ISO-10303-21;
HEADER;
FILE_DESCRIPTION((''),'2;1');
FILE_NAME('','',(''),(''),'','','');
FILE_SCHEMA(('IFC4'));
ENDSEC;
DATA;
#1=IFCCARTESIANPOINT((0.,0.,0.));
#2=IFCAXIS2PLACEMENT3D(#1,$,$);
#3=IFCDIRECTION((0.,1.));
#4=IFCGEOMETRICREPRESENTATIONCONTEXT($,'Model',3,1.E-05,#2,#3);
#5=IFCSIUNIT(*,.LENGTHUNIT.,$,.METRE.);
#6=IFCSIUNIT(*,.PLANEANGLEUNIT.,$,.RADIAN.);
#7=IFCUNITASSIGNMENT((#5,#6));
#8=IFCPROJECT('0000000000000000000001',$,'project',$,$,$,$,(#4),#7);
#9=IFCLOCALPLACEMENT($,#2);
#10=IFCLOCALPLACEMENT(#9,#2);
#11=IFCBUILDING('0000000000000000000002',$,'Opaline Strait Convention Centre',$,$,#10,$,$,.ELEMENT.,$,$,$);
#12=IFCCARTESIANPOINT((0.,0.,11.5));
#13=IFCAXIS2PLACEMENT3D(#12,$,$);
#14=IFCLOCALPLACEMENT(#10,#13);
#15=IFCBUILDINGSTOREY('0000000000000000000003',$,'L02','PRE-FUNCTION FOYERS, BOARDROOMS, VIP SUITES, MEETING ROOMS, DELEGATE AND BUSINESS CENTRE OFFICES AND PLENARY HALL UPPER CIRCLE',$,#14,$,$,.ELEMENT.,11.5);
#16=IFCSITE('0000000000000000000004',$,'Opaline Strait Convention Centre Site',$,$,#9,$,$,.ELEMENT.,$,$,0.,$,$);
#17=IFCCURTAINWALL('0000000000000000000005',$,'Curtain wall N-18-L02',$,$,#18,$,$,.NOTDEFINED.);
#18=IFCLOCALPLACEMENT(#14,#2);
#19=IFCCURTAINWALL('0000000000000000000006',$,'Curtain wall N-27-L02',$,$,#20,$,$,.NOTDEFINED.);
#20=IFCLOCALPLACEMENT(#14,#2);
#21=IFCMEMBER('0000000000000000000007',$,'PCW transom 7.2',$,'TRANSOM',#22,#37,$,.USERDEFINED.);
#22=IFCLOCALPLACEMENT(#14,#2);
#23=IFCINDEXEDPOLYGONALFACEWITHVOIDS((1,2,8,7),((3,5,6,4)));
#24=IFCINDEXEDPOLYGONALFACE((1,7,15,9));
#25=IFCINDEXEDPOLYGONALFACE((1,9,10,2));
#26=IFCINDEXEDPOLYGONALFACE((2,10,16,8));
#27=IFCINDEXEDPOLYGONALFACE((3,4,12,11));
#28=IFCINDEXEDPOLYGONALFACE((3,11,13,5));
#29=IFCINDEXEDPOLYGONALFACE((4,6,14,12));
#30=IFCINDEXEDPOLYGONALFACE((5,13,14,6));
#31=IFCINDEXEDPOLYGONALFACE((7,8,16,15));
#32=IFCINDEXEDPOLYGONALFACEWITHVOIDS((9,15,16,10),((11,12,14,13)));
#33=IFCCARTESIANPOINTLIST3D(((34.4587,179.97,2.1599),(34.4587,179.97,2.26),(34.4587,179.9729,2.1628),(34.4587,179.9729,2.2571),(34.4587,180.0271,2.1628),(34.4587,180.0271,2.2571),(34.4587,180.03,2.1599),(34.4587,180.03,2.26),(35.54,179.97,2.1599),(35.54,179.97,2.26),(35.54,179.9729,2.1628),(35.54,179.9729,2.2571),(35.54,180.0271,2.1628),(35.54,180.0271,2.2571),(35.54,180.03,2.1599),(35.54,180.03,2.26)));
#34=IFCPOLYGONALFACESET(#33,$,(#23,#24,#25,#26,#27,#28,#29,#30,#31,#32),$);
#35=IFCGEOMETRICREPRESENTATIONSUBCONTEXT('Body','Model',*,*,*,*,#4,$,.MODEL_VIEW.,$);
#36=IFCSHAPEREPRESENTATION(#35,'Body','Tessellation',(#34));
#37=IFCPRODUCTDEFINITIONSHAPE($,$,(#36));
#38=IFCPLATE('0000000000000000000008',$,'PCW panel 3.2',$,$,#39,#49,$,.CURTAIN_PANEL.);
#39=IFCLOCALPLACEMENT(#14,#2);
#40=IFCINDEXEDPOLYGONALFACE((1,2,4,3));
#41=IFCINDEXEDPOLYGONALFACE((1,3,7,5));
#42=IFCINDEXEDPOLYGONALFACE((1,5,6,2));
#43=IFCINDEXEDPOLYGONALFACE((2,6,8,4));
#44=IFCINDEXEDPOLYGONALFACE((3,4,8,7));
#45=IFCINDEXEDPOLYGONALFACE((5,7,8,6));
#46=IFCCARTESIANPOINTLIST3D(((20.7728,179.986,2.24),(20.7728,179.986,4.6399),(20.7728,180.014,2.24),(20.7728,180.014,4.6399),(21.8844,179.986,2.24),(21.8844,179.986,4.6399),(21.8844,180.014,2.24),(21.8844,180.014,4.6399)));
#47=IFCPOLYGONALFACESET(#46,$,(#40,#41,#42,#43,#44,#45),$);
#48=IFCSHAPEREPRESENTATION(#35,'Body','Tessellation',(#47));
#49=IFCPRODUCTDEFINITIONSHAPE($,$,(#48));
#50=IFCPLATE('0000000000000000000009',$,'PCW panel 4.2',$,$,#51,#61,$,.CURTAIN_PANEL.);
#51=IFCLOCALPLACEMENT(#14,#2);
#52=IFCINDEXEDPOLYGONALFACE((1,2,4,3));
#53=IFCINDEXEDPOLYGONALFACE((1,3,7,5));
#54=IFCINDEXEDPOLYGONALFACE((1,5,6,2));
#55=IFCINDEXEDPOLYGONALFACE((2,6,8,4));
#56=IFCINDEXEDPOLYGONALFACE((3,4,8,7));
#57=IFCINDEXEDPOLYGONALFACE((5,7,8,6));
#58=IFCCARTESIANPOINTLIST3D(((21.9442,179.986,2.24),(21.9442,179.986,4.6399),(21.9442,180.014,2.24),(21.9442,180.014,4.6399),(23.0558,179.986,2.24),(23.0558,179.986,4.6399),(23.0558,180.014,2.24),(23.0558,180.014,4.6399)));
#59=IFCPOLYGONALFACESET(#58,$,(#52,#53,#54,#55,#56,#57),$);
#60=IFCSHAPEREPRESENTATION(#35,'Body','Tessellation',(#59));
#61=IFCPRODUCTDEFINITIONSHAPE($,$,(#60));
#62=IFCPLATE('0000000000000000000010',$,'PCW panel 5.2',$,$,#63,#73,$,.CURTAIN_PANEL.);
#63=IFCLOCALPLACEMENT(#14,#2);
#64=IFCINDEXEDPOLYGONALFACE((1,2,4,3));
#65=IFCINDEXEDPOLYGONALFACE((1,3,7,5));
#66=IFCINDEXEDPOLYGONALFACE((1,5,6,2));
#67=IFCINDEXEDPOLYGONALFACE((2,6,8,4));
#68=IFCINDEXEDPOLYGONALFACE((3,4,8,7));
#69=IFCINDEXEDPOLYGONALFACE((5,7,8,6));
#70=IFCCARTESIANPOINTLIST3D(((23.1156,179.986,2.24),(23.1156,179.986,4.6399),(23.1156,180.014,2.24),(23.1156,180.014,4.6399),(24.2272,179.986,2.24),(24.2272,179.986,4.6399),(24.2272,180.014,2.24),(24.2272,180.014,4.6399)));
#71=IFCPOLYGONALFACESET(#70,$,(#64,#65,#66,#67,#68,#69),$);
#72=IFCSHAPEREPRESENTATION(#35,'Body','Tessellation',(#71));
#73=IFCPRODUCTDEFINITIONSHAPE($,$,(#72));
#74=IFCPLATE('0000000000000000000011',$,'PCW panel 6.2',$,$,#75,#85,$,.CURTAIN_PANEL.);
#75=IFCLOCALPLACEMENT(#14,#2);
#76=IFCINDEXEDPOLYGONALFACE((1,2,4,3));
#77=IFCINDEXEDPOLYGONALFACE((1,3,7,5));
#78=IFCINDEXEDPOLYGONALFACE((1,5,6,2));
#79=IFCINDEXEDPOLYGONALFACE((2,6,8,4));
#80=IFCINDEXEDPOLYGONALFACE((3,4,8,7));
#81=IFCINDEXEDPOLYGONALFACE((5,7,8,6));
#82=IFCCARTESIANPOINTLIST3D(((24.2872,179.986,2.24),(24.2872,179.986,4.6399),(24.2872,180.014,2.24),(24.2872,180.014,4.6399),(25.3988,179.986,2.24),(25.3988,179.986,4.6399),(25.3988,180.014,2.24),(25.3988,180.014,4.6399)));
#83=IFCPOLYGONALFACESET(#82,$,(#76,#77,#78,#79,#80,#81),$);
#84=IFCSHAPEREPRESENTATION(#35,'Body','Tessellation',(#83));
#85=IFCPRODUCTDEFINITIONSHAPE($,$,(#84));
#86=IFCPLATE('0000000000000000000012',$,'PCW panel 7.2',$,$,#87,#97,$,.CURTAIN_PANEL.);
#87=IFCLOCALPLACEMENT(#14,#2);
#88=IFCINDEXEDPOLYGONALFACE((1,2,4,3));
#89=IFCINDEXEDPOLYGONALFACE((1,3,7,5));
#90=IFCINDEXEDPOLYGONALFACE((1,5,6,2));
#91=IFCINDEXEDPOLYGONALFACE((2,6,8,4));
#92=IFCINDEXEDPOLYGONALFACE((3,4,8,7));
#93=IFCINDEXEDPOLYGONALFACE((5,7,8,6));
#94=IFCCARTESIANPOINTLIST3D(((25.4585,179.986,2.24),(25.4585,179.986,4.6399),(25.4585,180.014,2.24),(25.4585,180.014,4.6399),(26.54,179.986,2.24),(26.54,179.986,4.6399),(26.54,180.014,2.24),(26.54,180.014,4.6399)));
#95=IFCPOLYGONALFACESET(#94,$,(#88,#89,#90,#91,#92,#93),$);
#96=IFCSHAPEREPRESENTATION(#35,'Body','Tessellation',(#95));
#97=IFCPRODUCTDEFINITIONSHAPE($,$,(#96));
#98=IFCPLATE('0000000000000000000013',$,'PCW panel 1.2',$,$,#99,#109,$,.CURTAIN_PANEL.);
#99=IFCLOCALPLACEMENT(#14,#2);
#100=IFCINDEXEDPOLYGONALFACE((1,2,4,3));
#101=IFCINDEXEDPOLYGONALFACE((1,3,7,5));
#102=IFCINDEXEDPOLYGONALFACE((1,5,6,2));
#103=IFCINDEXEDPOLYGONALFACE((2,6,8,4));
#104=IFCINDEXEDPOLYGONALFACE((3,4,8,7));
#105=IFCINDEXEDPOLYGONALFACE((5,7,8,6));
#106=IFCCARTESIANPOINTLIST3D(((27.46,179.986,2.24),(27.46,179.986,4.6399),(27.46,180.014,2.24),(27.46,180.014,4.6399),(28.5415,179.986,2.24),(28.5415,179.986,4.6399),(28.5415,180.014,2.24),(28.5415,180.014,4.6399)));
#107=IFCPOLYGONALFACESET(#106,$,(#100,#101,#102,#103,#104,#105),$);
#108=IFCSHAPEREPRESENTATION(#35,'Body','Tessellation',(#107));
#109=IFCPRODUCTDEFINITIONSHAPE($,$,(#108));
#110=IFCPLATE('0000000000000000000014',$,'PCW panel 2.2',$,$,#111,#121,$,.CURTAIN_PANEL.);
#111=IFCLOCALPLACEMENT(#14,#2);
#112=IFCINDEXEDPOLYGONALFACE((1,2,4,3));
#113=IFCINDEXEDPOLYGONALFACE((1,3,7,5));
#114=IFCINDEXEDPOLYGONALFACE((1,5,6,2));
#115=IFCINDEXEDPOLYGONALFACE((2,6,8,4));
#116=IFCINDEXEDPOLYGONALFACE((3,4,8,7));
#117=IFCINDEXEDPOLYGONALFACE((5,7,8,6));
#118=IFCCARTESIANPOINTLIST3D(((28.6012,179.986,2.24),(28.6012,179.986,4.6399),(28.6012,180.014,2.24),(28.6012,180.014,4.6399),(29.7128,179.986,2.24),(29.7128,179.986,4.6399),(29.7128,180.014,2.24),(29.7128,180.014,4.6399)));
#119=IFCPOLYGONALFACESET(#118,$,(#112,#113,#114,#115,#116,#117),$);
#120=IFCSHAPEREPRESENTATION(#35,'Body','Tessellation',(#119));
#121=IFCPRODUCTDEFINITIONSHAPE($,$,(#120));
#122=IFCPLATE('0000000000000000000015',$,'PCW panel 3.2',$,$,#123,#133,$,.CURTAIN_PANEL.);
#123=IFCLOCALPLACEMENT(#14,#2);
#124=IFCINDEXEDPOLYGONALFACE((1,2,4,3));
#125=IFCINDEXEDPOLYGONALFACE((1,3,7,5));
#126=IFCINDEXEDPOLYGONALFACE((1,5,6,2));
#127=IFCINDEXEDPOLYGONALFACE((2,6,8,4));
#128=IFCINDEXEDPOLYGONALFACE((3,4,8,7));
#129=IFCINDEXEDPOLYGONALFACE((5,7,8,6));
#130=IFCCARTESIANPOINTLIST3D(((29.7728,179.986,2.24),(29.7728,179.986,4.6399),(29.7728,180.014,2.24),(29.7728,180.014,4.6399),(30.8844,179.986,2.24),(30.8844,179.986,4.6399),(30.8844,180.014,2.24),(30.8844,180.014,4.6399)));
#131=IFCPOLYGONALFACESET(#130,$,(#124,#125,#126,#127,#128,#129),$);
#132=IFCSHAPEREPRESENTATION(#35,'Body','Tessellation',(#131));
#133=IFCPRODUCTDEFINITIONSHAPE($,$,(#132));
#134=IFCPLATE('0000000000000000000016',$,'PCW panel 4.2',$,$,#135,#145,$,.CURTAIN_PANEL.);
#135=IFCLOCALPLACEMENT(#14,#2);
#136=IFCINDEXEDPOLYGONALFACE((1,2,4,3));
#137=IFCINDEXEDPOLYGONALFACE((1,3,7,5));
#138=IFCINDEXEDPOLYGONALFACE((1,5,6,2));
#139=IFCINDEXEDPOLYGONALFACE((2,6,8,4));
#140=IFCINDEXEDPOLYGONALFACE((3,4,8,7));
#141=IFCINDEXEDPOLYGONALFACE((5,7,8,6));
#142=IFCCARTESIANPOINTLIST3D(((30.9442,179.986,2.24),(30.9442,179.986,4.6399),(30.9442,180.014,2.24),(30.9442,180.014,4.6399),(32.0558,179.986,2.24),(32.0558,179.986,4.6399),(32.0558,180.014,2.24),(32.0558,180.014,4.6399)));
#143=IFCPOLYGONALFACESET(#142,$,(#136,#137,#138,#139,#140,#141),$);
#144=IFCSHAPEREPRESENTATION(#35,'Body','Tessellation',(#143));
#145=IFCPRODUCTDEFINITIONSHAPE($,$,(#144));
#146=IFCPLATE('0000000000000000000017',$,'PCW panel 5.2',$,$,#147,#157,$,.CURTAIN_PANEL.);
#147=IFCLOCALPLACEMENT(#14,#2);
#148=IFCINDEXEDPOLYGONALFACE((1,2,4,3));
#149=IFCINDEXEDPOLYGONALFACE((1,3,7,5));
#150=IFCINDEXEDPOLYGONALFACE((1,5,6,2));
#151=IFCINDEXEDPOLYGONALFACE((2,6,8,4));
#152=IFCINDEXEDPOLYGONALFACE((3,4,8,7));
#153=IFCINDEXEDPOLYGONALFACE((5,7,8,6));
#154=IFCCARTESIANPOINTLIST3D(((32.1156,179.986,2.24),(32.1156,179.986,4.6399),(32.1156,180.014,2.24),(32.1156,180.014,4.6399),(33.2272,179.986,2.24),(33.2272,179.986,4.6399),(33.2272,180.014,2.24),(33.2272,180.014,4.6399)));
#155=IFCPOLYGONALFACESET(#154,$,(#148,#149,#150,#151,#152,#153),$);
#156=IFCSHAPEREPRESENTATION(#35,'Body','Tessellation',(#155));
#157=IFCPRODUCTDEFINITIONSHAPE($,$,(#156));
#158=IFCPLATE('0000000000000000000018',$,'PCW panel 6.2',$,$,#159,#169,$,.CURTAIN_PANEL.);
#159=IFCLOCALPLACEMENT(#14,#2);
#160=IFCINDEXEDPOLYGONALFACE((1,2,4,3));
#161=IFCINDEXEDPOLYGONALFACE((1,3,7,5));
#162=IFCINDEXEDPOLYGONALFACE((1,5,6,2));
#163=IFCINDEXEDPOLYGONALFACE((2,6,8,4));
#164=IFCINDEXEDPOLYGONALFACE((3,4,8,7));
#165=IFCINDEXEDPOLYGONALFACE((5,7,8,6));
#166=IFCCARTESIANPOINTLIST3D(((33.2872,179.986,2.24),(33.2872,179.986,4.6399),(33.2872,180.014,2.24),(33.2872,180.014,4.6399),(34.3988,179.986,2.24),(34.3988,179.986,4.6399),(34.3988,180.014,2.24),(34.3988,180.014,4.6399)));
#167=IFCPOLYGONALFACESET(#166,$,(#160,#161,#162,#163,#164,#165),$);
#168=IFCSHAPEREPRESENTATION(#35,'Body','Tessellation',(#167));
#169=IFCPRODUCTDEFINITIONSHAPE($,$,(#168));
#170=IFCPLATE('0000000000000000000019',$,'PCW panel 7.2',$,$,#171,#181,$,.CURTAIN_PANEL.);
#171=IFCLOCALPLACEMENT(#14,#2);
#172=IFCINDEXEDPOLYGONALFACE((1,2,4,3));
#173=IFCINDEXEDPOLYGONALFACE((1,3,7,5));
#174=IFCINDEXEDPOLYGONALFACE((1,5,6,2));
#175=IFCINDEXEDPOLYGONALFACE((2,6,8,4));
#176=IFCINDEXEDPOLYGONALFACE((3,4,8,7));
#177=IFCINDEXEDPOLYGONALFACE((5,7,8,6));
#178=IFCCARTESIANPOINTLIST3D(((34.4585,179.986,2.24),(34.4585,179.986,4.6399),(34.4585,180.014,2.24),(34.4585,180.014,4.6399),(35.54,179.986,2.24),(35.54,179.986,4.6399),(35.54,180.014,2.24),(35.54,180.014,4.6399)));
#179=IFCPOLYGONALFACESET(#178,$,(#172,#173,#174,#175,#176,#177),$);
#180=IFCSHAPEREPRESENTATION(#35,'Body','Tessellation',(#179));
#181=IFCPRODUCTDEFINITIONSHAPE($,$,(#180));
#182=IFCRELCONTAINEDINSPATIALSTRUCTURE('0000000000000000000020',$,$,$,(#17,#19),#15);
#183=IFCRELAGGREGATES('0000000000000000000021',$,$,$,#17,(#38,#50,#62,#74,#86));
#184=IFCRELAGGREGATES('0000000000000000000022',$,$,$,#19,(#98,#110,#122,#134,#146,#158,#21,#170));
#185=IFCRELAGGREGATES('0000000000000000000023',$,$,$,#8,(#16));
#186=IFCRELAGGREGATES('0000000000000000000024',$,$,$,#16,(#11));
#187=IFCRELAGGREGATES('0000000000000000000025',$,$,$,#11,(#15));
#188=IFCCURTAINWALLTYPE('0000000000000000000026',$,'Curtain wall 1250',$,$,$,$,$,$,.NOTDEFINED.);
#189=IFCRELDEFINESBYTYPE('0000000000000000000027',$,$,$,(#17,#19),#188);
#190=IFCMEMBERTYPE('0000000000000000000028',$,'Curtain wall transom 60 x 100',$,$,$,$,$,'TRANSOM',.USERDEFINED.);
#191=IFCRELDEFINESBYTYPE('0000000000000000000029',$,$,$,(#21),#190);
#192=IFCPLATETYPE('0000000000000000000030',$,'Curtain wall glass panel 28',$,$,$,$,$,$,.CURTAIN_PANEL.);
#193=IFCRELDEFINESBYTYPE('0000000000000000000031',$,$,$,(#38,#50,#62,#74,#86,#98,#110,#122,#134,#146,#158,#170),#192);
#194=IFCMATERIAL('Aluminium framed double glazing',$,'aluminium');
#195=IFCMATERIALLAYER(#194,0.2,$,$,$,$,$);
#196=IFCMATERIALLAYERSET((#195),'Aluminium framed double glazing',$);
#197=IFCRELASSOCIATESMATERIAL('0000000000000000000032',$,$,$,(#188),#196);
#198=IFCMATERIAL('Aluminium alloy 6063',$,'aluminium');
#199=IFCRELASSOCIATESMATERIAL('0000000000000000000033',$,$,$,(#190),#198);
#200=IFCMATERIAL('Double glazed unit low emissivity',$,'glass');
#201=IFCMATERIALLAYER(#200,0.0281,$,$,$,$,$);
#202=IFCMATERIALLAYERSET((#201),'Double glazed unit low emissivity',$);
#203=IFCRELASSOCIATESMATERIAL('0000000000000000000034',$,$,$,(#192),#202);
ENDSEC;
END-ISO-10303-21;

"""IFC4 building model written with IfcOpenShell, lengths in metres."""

from ifc_helpers import new_model, si_unit, direction, frame, origin, origin_2d, place, context, subcontext, project, spatial, rectangle, hollow_rectangle, extrude, material, layer, layer_set, material_profile, profile_set, type_object, element, aggregate, save


model = new_model("IFC4")

# Units and contexts
model_context = context("Model", 3, precision=1e-05, world=origin(), true_north=direction((0.0, 1.0)))
body_context = subcontext(model_context, "Body", "Model", "MODEL_VIEW")
ifc_project = project(units=[si_unit("LENGTHUNIT", "METRE"), si_unit("PLANEANGLEUNIT", "RADIAN")], contexts=[model_context])

# Site, building, storey
site_placement = place(None, origin())
site = spatial("IfcSite", under=ifc_project, at=site_placement, Name="Opaline Strait Convention Centre Site", CompositionType="ELEMENT", RefElevation=0.0)
building_placement = place(site_placement, origin())
building = spatial("IfcBuilding", under=site, at=building_placement, Name="Opaline Strait Convention Centre", CompositionType="ELEMENT")
storey_placement = place(building_placement, frame((0.0, 0.0, 11.5)))
storey = spatial("IfcBuildingStorey", under=building, at=storey_placement, Name="L02", Description="PRE-FUNCTION FOYERS, BOARDROOMS, VIP SUITES, MEETING ROOMS, DELEGATE AND BUSINESS CENTRE OFFICES AND PLENARY HALL UPPER CIRCLE", CompositionType="ELEMENT", Elevation=11.5)

# Curtain walls, member
ifc_material_1 = material(Name="Aluminium framed double glazing", Category="aluminium")
ifc_layer_1 = layer(ifc_material_1, 0.2)
ifc_layer_set_1 = layer_set([ifc_layer_1], Name="Aluminium framed double glazing")
curtain_wall_type = type_object("IfcCurtainWallType", Name="Curtain wall 1250", PredefinedType="NOTDEFINED", material=ifc_layer_set_1)
curtain_wall_1_placement = place(storey_placement, origin())
curtain_wall_1 = element("IfcCurtainWall", 1, at=curtain_wall_1_placement, inside=storey, type_object=curtain_wall_type, Name="Curtain wall N-18-L02", PredefinedType="NOTDEFINED")
ifc_material_2 = material(Name="Aluminium alloy 6063", Category="aluminium")
ifc_material_profile = material_profile(ifc_material_2, hollow_rectangle(XDim=0.0601, YDim=0.1001, WallThickness=0.0029, at=origin_2d()), Name="TRANSOM 60x100x3")
ifc_profile_set = profile_set([ifc_material_profile], Name="Aluminium alloy 6063")
member_type = type_object("IfcMemberType", Name="Curtain wall transom 60 x 100", ElementType="TRANSOM", PredefinedType="USERDEFINED", material=ifc_profile_set)
curtain_wall_2_placement = place(storey_placement, origin())
curtain_wall_2 = element("IfcCurtainWall", 2, at=curtain_wall_2_placement, inside=storey, type_object=curtain_wall_type, Name="Curtain wall N-27-L02", PredefinedType="NOTDEFINED")
member_1_placement = place(storey_placement, frame((34.4587, 180.0, 2.21), z_axis=(1.0, 0.0, 0.0), x_axis=(0.0, 1.0, 0.0)))
member_1 = element("IfcMember", 3, at=member_1_placement, type_object=member_type, Name="PCW transom 7.2", ObjectType="TRANSOM", PredefinedType="USERDEFINED", context=body_context, shape_type="SweptSolid", body=[
    extrude(hollow_rectangle(XDim=0.0601, YDim=0.1001, WallThickness=0.0029, at=origin_2d()), origin(), (0.0, 0.0, 1.0), 1.0813),
])

# Plates
ifc_material_3 = material(Name="Double glazed unit low emissivity", Category="glass")
ifc_layer_2 = layer(ifc_material_3, 0.0281)
ifc_layer_set_2 = layer_set([ifc_layer_2], Name="Double glazed unit low emissivity")
plate_type = type_object("IfcPlateType", Name="Curtain wall glass panel 28", PredefinedType="CURTAIN_PANEL", material=ifc_layer_set_2)
plate_1_placement = place(storey_placement, frame((21.3286, 180.0, 2.24), z_axis=(0.0, 0.0, 1.0), x_axis=(1.0, 0.0, 0.0)))
plate_1 = element("IfcPlate", 4, at=plate_1_placement, type_object=plate_type, Name="PCW panel 3.2", PredefinedType="CURTAIN_PANEL", context=body_context, shape_type="SweptSolid", body=[
    extrude(rectangle(XDim=1.1116, YDim=0.0281, at=origin_2d()), origin(), (0.0, 0.0, 1.0), 2.3999),
])
plate_2_placement = place(storey_placement, frame((22.5, 180.0, 2.24), z_axis=(0.0, 0.0, 1.0), x_axis=(1.0, 0.0, 0.0)))
plate_2 = element("IfcPlate", 5, at=plate_2_placement, type_object=plate_type, Name="PCW panel 4.2", PredefinedType="CURTAIN_PANEL", context=body_context, shape_type="SweptSolid", body=[
    extrude(rectangle(XDim=1.1116, YDim=0.0281, at=origin_2d()), origin(), (0.0, 0.0, 1.0), 2.3999),
])
plate_3_placement = place(storey_placement, frame((23.6714, 180.0, 2.24), z_axis=(0.0, 0.0, 1.0), x_axis=(1.0, 0.0, 0.0)))
plate_3 = element("IfcPlate", 6, at=plate_3_placement, type_object=plate_type, Name="PCW panel 5.2", PredefinedType="CURTAIN_PANEL", context=body_context, shape_type="SweptSolid", body=[
    extrude(rectangle(XDim=1.1116, YDim=0.0281, at=origin_2d()), origin(), (0.0, 0.0, 1.0), 2.3999),
])
plate_4_placement = place(storey_placement, frame((24.843, 180.0, 2.24), z_axis=(0.0, 0.0, 1.0), x_axis=(1.0, 0.0, 0.0)))
plate_4 = element("IfcPlate", 7, at=plate_4_placement, type_object=plate_type, Name="PCW panel 6.2", PredefinedType="CURTAIN_PANEL", context=body_context, shape_type="SweptSolid", body=[
    extrude(rectangle(XDim=1.1116, YDim=0.0281, at=origin_2d()), origin(), (0.0, 0.0, 1.0), 2.3999),
])
plate_5_placement = place(storey_placement, frame((25.9993, 180.0, 2.24), z_axis=(0.0, 0.0, 1.0), x_axis=(1.0, 0.0, 0.0)))
plate_5 = element("IfcPlate", 8, at=plate_5_placement, type_object=plate_type, Name="PCW panel 7.2", PredefinedType="CURTAIN_PANEL", context=body_context, shape_type="SweptSolid", body=[
    extrude(rectangle(XDim=1.0815, YDim=0.0281, at=origin_2d()), origin(), (0.0, 0.0, 1.0), 2.3999),
])
aggregate(curtain_wall_1, [plate_1, plate_2, plate_3, plate_4, plate_5])
plate_6_placement = place(storey_placement, frame((28.0007, 180.0, 2.24), z_axis=(0.0, 0.0, 1.0), x_axis=(1.0, 0.0, 0.0)))
plate_6 = element("IfcPlate", 9, at=plate_6_placement, type_object=plate_type, Name="PCW panel 1.2", PredefinedType="CURTAIN_PANEL", context=body_context, shape_type="SweptSolid", body=[
    extrude(rectangle(XDim=1.0815, YDim=0.0281, at=origin_2d()), origin(), (0.0, 0.0, 1.0), 2.3999),
])
plate_7_placement = place(storey_placement, frame((29.157, 180.0, 2.24), z_axis=(0.0, 0.0, 1.0), x_axis=(1.0, 0.0, 0.0)))
plate_7 = element("IfcPlate", 10, at=plate_7_placement, type_object=plate_type, Name="PCW panel 2.2", PredefinedType="CURTAIN_PANEL", context=body_context, shape_type="SweptSolid", body=[
    extrude(rectangle(XDim=1.1116, YDim=0.0281, at=origin_2d()), origin(), (0.0, 0.0, 1.0), 2.3999),
])
plate_8_placement = place(storey_placement, frame((30.3286, 180.0, 2.24), z_axis=(0.0, 0.0, 1.0), x_axis=(1.0, 0.0, 0.0)))
plate_8 = element("IfcPlate", 11, at=plate_8_placement, type_object=plate_type, Name="PCW panel 3.2", PredefinedType="CURTAIN_PANEL", context=body_context, shape_type="SweptSolid", body=[
    extrude(rectangle(XDim=1.1116, YDim=0.0281, at=origin_2d()), origin(), (0.0, 0.0, 1.0), 2.3999),
])
plate_9_placement = place(storey_placement, frame((31.5, 180.0, 2.24), z_axis=(0.0, 0.0, 1.0), x_axis=(1.0, 0.0, 0.0)))
plate_9 = element("IfcPlate", 12, at=plate_9_placement, type_object=plate_type, Name="PCW panel 4.2", PredefinedType="CURTAIN_PANEL", context=body_context, shape_type="SweptSolid", body=[
    extrude(rectangle(XDim=1.1116, YDim=0.0281, at=origin_2d()), origin(), (0.0, 0.0, 1.0), 2.3999),
])
plate_10_placement = place(storey_placement, frame((32.6714, 180.0, 2.24), z_axis=(0.0, 0.0, 1.0), x_axis=(1.0, 0.0, 0.0)))
plate_10 = element("IfcPlate", 13, at=plate_10_placement, type_object=plate_type, Name="PCW panel 5.2", PredefinedType="CURTAIN_PANEL", context=body_context, shape_type="SweptSolid", body=[
    extrude(rectangle(XDim=1.1116, YDim=0.0281, at=origin_2d()), origin(), (0.0, 0.0, 1.0), 2.3999),
])
plate_11_placement = place(storey_placement, frame((33.843, 180.0, 2.24), z_axis=(0.0, 0.0, 1.0), x_axis=(1.0, 0.0, 0.0)))
plate_11 = element("IfcPlate", 14, at=plate_11_placement, type_object=plate_type, Name="PCW panel 6.2", PredefinedType="CURTAIN_PANEL", context=body_context, shape_type="SweptSolid", body=[
    extrude(rectangle(XDim=1.1116, YDim=0.0281, at=origin_2d()), origin(), (0.0, 0.0, 1.0), 2.3999),
])
plate_12_placement = place(storey_placement, frame((34.9993, 180.0, 2.24), z_axis=(0.0, 0.0, 1.0), x_axis=(1.0, 0.0, 0.0)))
plate_12 = element("IfcPlate", 15, at=plate_12_placement, type_object=plate_type, Name="PCW panel 7.2", PredefinedType="CURTAIN_PANEL", context=body_context, shape_type="SweptSolid", body=[
    extrude(rectangle(XDim=1.0815, YDim=0.0281, at=origin_2d()), origin(), (0.0, 0.0, 1.0), 2.3999),
])
aggregate(curtain_wall_2, [plate_6, plate_7, plate_8, plate_9, plate_10, plate_11, member_1, plate_12])

save(model, "model.ifc")
